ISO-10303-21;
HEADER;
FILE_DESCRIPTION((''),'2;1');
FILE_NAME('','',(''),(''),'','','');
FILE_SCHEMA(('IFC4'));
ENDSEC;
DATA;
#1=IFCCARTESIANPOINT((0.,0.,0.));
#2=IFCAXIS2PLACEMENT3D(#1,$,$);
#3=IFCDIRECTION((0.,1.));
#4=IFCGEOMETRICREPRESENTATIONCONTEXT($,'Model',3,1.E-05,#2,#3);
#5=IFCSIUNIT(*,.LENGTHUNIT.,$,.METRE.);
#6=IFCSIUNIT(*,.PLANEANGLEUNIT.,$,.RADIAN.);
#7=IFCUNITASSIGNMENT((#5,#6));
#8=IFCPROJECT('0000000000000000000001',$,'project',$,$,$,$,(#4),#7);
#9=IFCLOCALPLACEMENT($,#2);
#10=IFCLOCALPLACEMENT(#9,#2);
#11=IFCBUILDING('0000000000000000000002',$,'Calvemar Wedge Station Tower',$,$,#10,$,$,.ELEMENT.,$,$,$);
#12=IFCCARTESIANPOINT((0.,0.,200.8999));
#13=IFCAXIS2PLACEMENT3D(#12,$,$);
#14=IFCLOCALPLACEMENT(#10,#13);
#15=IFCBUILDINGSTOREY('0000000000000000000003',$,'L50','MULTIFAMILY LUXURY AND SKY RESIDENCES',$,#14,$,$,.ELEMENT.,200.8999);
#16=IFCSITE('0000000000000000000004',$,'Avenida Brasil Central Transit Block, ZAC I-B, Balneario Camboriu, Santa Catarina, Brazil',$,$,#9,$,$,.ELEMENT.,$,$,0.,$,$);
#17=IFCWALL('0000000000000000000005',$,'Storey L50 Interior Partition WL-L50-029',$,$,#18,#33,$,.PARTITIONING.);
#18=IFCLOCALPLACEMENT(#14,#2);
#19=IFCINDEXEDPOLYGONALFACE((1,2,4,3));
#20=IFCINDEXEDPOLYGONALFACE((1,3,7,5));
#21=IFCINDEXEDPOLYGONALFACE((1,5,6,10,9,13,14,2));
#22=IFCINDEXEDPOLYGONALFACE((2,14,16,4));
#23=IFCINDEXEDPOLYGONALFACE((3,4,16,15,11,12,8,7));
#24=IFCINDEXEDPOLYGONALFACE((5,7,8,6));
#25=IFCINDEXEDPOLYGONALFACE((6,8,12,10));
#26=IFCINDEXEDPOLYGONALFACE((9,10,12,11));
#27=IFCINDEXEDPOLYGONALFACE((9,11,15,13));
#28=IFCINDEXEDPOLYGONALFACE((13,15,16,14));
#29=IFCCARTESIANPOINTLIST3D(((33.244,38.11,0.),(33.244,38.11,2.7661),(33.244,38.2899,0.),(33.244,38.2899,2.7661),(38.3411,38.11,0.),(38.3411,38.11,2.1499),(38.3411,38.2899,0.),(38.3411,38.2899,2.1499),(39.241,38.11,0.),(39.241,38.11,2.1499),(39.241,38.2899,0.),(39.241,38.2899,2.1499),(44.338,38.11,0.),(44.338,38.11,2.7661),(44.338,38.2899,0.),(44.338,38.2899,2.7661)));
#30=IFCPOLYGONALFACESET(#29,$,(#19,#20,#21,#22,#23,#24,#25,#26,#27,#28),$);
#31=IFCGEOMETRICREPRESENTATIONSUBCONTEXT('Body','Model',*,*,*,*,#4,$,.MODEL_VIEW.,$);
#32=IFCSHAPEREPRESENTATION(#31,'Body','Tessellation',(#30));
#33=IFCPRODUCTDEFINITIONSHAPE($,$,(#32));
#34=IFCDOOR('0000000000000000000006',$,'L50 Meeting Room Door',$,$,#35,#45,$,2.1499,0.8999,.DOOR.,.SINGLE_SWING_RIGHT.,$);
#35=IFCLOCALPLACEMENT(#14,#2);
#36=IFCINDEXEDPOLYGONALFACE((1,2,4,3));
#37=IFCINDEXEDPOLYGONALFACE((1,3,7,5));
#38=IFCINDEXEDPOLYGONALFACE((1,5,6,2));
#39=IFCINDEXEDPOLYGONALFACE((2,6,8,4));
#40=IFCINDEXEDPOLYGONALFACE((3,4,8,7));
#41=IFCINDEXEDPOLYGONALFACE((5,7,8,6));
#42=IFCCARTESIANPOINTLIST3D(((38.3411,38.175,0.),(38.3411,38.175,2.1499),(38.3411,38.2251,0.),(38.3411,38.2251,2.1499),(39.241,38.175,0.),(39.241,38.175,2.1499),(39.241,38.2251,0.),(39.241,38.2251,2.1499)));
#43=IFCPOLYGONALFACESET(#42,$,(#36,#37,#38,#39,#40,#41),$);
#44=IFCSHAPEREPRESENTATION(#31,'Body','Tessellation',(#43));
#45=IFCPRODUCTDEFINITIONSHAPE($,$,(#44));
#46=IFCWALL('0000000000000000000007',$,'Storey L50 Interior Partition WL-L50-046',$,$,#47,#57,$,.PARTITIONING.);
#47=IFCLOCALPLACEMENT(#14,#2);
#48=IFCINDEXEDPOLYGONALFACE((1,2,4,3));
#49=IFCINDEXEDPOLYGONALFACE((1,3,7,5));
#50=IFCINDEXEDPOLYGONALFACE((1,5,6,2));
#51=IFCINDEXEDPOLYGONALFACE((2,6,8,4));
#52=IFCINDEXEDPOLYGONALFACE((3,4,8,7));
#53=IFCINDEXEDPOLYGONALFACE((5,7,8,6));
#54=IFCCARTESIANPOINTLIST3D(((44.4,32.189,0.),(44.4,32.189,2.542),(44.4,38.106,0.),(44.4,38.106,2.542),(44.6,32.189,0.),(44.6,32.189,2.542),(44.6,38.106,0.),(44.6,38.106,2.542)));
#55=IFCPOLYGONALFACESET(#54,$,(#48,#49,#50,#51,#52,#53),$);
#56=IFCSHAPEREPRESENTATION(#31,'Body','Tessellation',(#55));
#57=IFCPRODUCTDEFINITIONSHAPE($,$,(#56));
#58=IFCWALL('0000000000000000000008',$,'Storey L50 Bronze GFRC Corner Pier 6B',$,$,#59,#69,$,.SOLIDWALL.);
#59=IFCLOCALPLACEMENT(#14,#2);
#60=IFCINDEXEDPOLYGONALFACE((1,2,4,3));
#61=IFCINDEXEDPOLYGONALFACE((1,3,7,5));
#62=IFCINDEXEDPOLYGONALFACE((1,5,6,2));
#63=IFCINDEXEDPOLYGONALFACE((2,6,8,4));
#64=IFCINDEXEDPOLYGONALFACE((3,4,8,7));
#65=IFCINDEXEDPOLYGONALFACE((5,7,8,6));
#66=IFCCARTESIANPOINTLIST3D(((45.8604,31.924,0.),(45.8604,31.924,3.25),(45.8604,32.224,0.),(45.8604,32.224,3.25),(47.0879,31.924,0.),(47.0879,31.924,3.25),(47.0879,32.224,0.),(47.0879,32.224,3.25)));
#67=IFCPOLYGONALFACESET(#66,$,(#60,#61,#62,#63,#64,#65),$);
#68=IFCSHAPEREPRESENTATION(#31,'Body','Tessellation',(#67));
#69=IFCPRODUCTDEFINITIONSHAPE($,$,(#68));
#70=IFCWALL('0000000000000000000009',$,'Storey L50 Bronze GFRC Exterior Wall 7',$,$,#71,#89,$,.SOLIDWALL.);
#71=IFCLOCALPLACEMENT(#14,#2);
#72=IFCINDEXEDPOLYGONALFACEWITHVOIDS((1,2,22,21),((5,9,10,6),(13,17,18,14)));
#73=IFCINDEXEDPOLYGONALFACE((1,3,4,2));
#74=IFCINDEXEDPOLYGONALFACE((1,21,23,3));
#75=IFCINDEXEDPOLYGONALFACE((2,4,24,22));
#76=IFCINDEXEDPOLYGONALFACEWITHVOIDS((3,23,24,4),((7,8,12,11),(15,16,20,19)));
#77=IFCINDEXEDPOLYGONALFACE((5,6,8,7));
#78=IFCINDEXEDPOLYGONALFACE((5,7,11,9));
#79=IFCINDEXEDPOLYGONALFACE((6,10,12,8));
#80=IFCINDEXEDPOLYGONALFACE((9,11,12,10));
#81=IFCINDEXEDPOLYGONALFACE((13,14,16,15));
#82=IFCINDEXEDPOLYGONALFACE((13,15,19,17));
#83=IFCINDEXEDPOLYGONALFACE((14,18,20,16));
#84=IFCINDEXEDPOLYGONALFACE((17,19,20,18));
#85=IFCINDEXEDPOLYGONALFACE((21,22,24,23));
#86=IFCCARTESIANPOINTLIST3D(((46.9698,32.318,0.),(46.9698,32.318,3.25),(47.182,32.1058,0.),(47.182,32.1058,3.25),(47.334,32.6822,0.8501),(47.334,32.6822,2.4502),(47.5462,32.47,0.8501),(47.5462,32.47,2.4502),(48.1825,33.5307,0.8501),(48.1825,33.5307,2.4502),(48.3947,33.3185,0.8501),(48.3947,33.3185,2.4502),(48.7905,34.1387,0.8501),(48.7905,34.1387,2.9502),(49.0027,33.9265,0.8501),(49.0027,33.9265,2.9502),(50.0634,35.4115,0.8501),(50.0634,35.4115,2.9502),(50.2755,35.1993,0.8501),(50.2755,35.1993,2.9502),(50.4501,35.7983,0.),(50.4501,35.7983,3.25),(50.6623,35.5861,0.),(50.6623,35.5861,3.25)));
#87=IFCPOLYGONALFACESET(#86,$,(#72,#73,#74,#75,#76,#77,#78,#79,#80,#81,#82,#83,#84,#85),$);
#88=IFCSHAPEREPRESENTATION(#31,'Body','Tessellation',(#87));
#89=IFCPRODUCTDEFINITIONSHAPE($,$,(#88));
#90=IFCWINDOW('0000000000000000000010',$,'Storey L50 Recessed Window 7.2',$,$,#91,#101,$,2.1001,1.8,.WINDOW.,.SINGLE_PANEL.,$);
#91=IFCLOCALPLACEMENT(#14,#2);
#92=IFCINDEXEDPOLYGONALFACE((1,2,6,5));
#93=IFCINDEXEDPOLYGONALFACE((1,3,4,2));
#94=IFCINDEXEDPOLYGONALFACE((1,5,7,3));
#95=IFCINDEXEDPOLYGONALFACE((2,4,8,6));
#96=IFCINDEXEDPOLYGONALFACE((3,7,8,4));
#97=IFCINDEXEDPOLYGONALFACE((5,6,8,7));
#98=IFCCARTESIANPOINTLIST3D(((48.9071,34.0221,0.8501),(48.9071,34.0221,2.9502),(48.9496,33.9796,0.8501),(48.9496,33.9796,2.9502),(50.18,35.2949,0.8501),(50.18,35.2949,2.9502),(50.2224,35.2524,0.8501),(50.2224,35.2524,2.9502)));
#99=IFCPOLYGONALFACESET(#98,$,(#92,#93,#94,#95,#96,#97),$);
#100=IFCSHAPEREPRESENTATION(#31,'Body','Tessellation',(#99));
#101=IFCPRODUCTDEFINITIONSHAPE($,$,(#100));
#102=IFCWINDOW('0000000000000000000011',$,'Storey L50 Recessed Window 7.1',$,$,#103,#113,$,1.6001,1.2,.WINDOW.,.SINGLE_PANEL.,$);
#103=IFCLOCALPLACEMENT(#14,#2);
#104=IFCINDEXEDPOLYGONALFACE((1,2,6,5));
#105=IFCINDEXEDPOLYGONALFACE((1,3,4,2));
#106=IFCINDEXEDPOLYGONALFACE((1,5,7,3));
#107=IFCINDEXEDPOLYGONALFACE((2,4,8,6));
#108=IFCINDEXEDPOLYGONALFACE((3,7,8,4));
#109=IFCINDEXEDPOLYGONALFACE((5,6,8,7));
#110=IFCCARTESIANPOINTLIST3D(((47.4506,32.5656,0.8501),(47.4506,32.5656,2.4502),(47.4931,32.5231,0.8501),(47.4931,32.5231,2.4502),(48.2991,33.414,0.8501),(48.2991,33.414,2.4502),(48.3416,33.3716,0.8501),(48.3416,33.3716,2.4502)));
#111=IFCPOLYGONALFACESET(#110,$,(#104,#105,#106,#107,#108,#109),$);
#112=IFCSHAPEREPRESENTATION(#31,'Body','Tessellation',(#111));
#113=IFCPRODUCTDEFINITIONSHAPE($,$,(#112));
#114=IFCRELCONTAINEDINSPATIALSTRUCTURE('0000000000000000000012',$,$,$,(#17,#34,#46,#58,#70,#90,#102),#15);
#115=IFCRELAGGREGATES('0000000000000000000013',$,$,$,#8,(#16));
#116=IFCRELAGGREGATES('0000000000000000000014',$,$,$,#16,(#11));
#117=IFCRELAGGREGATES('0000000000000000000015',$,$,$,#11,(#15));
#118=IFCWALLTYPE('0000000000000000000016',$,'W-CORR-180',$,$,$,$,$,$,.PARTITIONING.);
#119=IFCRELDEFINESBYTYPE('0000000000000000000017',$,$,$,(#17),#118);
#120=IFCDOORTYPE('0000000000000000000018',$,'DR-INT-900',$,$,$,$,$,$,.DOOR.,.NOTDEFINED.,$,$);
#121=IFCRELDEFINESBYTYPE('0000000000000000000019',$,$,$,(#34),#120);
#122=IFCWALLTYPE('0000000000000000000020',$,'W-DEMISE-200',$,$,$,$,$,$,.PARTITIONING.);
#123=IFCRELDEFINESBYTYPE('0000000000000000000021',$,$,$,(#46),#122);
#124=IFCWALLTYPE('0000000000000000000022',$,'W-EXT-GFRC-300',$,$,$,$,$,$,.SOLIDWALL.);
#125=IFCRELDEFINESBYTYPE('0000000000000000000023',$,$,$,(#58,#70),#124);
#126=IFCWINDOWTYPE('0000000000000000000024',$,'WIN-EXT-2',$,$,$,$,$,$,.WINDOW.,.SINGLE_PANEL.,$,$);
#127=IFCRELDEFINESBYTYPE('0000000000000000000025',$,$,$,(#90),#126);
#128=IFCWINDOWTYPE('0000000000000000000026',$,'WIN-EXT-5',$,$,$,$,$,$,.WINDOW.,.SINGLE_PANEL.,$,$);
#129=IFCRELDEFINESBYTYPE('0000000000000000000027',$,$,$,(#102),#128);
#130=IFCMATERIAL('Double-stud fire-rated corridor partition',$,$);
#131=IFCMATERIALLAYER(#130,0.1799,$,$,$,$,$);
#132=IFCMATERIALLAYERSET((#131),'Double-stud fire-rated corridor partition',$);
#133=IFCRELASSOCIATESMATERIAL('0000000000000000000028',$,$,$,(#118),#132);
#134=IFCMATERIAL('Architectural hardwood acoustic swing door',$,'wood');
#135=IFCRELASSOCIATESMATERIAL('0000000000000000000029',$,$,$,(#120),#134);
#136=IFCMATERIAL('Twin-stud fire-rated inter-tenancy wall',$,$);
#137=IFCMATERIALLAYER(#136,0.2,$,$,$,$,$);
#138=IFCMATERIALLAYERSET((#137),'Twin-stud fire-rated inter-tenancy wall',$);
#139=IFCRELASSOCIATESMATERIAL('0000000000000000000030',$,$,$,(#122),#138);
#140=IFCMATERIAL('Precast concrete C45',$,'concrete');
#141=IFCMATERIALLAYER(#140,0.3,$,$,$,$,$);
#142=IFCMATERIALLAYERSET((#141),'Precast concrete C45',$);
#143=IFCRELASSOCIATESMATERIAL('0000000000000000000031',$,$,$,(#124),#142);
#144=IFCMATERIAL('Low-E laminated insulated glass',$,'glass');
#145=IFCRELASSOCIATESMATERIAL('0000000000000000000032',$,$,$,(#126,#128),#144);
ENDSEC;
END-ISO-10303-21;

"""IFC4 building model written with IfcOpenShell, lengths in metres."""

from ifc_helpers import new_model, si_unit, direction, frame, frame_2d, origin, place, context, subcontext, project, spatial, rectangle, extrude, source, transform, mapped, material, layer, layer_set, type_object, element, fill, save


model = new_model("IFC4")

# Units and contexts
model_context = context("Model", 3, precision=1e-05, world=origin(), true_north=direction((0.0, 1.0)))
body_context = subcontext(model_context, "Body", "Model", "MODEL_VIEW")
ifc_project = project(units=[si_unit("LENGTHUNIT", "METRE"), si_unit("PLANEANGLEUNIT", "RADIAN")], contexts=[model_context])

# Site, building, storey
site_placement = place(None, origin())
site = spatial("IfcSite", under=ifc_project, at=site_placement, Name="Avenida Brasil Central Transit Block, ZAC I-B, Balneario Camboriu, Santa Catarina, Brazil", CompositionType="ELEMENT", RefElevation=0.0)
building_placement = place(site_placement, origin())
building = spatial("IfcBuilding", under=site, at=building_placement, Name="Calvemar Wedge Station Tower", CompositionType="ELEMENT")
storey_placement = place(building_placement, frame((0.0, 0.0, 200.8999)))
storey = spatial("IfcBuildingStorey", under=building, at=storey_placement, Name="L50", Description="MULTIFAMILY LUXURY AND SKY RESIDENCES", CompositionType="ELEMENT", Elevation=200.8999)

# Shared definitions
ifc_material_1 = material(Name="Low-E laminated insulated glass", Category="glass")

# Shared definitions
ifc_material_2 = material(Name="Double-stud fire-rated corridor partition")
ifc_layer_1 = layer(ifc_material_2, 0.1799)
ifc_layer_set_1 = layer_set([ifc_layer_1], Name="Double-stud fire-rated corridor partition")
wall_type_1 = type_object("IfcWallType", Name="W-CORR-180", PredefinedType="PARTITIONING", material=ifc_layer_set_1)

# Wall, opening, door
wall_1_placement = place(storey_placement, frame((44.3379, 38.2, 0.0), z_axis=(0.0, 0.0, 1.0), x_axis=(-1.0, 0.0, 0.0)))
wall_1 = element("IfcWall", 1, at=wall_1_placement, inside=storey, type_object=wall_type_1, Name="Storey L50 Interior Partition WL-L50-029", PredefinedType="PARTITIONING", context=body_context, shape_type="SweptSolid", body=[
    extrude(rectangle(XDim=11.094, YDim=0.1799, at=frame_2d((5.5469, 0.0))), origin(), (0.0, 0.0, 1.0), 2.7661),
])
shared_shape_1 = source(origin(), body_context, "Body", "SweptSolid", [
    extrude(rectangle(XDim=0.8999, YDim=2.1499, at=frame_2d((0.45, 1.075))), frame((0.0, 0.1001, 0.0), z_axis=(0.0, -1.0, 0.0), x_axis=(1.0, 0.0, 0.0)), (0.0, 0.0, 1.0), 0.2),
])
opening_1_placement = place(wall_1_placement, frame((5.0969, 0.0, 0.0)))
opening_1 = element("IfcOpeningElement", 2, at=opening_1_placement, cuts=wall_1, PredefinedType="OPENING", context=body_context, shape_type="MappedRepresentation", body=[
    mapped(shared_shape_1, transform((0.0, 0.0, 0.0), scale=1.0)),
])
ifc_material_3 = material(Name="Architectural hardwood acoustic swing door", Category="wood")
door_type = type_object("IfcDoorType", Name="DR-INT-900", OperationType="NOTDEFINED", PredefinedType="DOOR", material=ifc_material_3)
shared_shape_2 = source(origin(), body_context, "Body", "SweptSolid", [
    extrude(rectangle(XDim=0.8999, YDim=2.1499, at=frame_2d((0.45, 1.075))), frame((0.0, 0.0249, 0.0), z_axis=(0.0, -1.0, 0.0), x_axis=(1.0, 0.0, 0.0)), (0.0, 0.0, 1.0), 0.05),
])
door_placement = place(opening_1_placement, origin())
door = element("IfcDoor", 3, at=door_placement, inside=storey, type_object=door_type, Name="L50 Meeting Room Door", OperationType="SINGLE_SWING_RIGHT", OverallHeight=2.1499, OverallWidth=0.8999, PredefinedType="DOOR", context=body_context, shape_type="MappedRepresentation", body=[
    mapped(shared_shape_2, transform((0.0, 0.0, 0.0), scale=1.0)),
])
fill(opening_1, door)

# Walls
ifc_material_4 = material(Name="Twin-stud fire-rated inter-tenancy wall")
ifc_layer_2 = layer(ifc_material_4, 0.2)
ifc_layer_set_2 = layer_set([ifc_layer_2], Name="Twin-stud fire-rated inter-tenancy wall")
wall_type_2 = type_object("IfcWallType", Name="W-DEMISE-200", PredefinedType="PARTITIONING", material=ifc_layer_set_2)
wall_2_placement = place(storey_placement, frame((44.5, 32.189, 0.0), z_axis=(0.0, 0.0, 1.0), x_axis=(0.0, 1.0, 0.0)))
element("IfcWall", 4, at=wall_2_placement, inside=storey, type_object=wall_type_2, Name="Storey L50 Interior Partition WL-L50-046", PredefinedType="PARTITIONING", context=body_context, shape_type="SweptSolid", body=[
    extrude(rectangle(XDim=5.917, YDim=0.2, at=frame_2d((2.9585, 0.0))), origin(), (0.0, 0.0, 1.0), 2.542),
])
ifc_material_5 = material(Name="Precast concrete C45", Category="concrete")
ifc_layer_3 = layer(ifc_material_5, 0.3)
ifc_layer_set_3 = layer_set([ifc_layer_3], Name="Precast concrete C45")
wall_type_3 = type_object("IfcWallType", Name="W-EXT-GFRC-300", PredefinedType="SOLIDWALL", material=ifc_layer_set_3)
wall_3_placement = place(storey_placement, frame((45.8604, 32.074, 0.0), z_axis=(0.0, 0.0, 1.0), x_axis=(1.0, 0.0, 0.0)))
element("IfcWall", 5, at=wall_3_placement, inside=storey, type_object=wall_type_3, Name="Storey L50 Bronze GFRC Corner Pier 6B", PredefinedType="SOLIDWALL", context=body_context, shape_type="SweptSolid", body=[
    extrude(rectangle(XDim=1.2275, YDim=0.3, at=frame_2d((0.6138, 0.0))), origin(), (0.0, 0.0, 1.0), 3.25),
])

# Wall, openings, windows
wall_4_placement = place(storey_placement, frame((47.0759, 32.2119, 0.0), z_axis=(0.0, 0.0, 1.0), x_axis=(0.707107, 0.707107, 0.0)))
wall_4 = element("IfcWall", 6, at=wall_4_placement, inside=storey, type_object=wall_type_3, Name="Storey L50 Bronze GFRC Exterior Wall 7", PredefinedType="SOLIDWALL", context=body_context, shape_type="SweptSolid", body=[
    extrude(rectangle(XDim=4.9219, YDim=0.3, at=frame_2d((2.4609, 0.0))), origin(), (0.0, 0.0, 1.0), 3.25),
])
shared_shape_3 = source(origin(), body_context, "Body", "SweptSolid", [
    extrude(rectangle(XDim=1.2, YDim=1.6001, at=frame_2d((0.6001, 0.8))), frame((0.0, 0.1602, 0.0), z_axis=(0.0, -1.0, 0.0), x_axis=(1.0, 0.0, 0.0)), (0.0, 0.0, 1.0), 0.3201),
])
opening_2_placement = place(wall_4_placement, frame((0.5149, 0.0, 0.8501)))
opening_2 = element("IfcOpeningElement", 7, at=opening_2_placement, cuts=wall_4, PredefinedType="OPENING", context=body_context, shape_type="MappedRepresentation", body=[
    mapped(shared_shape_3, transform((0.0, 0.0, 0.0), scale=1.0)),
])
shared_shape_4 = source(origin(), body_context, "Body", "SweptSolid", [
    extrude(rectangle(XDim=1.8, YDim=2.1001, at=frame_2d((0.8999, 1.05))), frame((0.0, 0.1602, 0.0), z_axis=(0.0, -1.0, 0.0), x_axis=(1.0, 0.0, 0.0)), (0.0, 0.0, 1.0), 0.3201),
])
opening_3_placement = place(wall_4_placement, frame((2.575, 0.0, 0.8501)))
opening_3 = element("IfcOpeningElement", 8, at=opening_3_placement, cuts=wall_4, PredefinedType="OPENING", context=body_context, shape_type="MappedRepresentation", body=[
    mapped(shared_shape_4, transform((0.0, 0.0, 0.0), scale=1.0)),
])
window_type_1 = type_object("IfcWindowType", Name="WIN-EXT-2", PartitioningType="SINGLE_PANEL", PredefinedType="WINDOW", material=ifc_material_1)
shared_shape_5 = source(origin(), body_context, "Body", "SweptSolid", [
    extrude(rectangle(XDim=1.8, YDim=2.1001, at=frame_2d((0.8999, 1.05))), frame((0.0, -0.0149, 0.0), z_axis=(0.0, -1.0, 0.0), x_axis=(1.0, 0.0, 0.0)), (0.0, 0.0, 1.0), 0.0601),
])
window_1_placement = place(opening_3_placement, origin())
window_1 = element("IfcWindow", 9, at=window_1_placement, inside=storey, type_object=window_type_1, Name="Storey L50 Recessed Window 7.2", OverallHeight=2.1001, OverallWidth=1.8, PartitioningType="SINGLE_PANEL", PredefinedType="WINDOW", context=body_context, shape_type="MappedRepresentation", body=[
    mapped(shared_shape_5, transform((0.0, 0.0, 0.0), scale=1.0)),
])
fill(opening_3, window_1)
window_type_2 = type_object("IfcWindowType", Name="WIN-EXT-5", PartitioningType="SINGLE_PANEL", PredefinedType="WINDOW", material=ifc_material_1)
shared_shape_6 = source(origin(), body_context, "Body", "SweptSolid", [
    extrude(rectangle(XDim=1.2, YDim=1.6001, at=frame_2d((0.6001, 0.8))), frame((0.0, -0.0149, 0.0), z_axis=(0.0, -1.0, 0.0), x_axis=(1.0, 0.0, 0.0)), (0.0, 0.0, 1.0), 0.0601),
])
window_2_placement = place(opening_2_placement, origin())
window_2 = element("IfcWindow", 10, at=window_2_placement, inside=storey, type_object=window_type_2, Name="Storey L50 Recessed Window 7.1", OverallHeight=1.6001, OverallWidth=1.2, PartitioningType="SINGLE_PANEL", PredefinedType="WINDOW", context=body_context, shape_type="MappedRepresentation", body=[
    mapped(shared_shape_6, transform((0.0, 0.0, 0.0), scale=1.0)),
])
fill(opening_2, window_2)

save(model, "model.ifc")
